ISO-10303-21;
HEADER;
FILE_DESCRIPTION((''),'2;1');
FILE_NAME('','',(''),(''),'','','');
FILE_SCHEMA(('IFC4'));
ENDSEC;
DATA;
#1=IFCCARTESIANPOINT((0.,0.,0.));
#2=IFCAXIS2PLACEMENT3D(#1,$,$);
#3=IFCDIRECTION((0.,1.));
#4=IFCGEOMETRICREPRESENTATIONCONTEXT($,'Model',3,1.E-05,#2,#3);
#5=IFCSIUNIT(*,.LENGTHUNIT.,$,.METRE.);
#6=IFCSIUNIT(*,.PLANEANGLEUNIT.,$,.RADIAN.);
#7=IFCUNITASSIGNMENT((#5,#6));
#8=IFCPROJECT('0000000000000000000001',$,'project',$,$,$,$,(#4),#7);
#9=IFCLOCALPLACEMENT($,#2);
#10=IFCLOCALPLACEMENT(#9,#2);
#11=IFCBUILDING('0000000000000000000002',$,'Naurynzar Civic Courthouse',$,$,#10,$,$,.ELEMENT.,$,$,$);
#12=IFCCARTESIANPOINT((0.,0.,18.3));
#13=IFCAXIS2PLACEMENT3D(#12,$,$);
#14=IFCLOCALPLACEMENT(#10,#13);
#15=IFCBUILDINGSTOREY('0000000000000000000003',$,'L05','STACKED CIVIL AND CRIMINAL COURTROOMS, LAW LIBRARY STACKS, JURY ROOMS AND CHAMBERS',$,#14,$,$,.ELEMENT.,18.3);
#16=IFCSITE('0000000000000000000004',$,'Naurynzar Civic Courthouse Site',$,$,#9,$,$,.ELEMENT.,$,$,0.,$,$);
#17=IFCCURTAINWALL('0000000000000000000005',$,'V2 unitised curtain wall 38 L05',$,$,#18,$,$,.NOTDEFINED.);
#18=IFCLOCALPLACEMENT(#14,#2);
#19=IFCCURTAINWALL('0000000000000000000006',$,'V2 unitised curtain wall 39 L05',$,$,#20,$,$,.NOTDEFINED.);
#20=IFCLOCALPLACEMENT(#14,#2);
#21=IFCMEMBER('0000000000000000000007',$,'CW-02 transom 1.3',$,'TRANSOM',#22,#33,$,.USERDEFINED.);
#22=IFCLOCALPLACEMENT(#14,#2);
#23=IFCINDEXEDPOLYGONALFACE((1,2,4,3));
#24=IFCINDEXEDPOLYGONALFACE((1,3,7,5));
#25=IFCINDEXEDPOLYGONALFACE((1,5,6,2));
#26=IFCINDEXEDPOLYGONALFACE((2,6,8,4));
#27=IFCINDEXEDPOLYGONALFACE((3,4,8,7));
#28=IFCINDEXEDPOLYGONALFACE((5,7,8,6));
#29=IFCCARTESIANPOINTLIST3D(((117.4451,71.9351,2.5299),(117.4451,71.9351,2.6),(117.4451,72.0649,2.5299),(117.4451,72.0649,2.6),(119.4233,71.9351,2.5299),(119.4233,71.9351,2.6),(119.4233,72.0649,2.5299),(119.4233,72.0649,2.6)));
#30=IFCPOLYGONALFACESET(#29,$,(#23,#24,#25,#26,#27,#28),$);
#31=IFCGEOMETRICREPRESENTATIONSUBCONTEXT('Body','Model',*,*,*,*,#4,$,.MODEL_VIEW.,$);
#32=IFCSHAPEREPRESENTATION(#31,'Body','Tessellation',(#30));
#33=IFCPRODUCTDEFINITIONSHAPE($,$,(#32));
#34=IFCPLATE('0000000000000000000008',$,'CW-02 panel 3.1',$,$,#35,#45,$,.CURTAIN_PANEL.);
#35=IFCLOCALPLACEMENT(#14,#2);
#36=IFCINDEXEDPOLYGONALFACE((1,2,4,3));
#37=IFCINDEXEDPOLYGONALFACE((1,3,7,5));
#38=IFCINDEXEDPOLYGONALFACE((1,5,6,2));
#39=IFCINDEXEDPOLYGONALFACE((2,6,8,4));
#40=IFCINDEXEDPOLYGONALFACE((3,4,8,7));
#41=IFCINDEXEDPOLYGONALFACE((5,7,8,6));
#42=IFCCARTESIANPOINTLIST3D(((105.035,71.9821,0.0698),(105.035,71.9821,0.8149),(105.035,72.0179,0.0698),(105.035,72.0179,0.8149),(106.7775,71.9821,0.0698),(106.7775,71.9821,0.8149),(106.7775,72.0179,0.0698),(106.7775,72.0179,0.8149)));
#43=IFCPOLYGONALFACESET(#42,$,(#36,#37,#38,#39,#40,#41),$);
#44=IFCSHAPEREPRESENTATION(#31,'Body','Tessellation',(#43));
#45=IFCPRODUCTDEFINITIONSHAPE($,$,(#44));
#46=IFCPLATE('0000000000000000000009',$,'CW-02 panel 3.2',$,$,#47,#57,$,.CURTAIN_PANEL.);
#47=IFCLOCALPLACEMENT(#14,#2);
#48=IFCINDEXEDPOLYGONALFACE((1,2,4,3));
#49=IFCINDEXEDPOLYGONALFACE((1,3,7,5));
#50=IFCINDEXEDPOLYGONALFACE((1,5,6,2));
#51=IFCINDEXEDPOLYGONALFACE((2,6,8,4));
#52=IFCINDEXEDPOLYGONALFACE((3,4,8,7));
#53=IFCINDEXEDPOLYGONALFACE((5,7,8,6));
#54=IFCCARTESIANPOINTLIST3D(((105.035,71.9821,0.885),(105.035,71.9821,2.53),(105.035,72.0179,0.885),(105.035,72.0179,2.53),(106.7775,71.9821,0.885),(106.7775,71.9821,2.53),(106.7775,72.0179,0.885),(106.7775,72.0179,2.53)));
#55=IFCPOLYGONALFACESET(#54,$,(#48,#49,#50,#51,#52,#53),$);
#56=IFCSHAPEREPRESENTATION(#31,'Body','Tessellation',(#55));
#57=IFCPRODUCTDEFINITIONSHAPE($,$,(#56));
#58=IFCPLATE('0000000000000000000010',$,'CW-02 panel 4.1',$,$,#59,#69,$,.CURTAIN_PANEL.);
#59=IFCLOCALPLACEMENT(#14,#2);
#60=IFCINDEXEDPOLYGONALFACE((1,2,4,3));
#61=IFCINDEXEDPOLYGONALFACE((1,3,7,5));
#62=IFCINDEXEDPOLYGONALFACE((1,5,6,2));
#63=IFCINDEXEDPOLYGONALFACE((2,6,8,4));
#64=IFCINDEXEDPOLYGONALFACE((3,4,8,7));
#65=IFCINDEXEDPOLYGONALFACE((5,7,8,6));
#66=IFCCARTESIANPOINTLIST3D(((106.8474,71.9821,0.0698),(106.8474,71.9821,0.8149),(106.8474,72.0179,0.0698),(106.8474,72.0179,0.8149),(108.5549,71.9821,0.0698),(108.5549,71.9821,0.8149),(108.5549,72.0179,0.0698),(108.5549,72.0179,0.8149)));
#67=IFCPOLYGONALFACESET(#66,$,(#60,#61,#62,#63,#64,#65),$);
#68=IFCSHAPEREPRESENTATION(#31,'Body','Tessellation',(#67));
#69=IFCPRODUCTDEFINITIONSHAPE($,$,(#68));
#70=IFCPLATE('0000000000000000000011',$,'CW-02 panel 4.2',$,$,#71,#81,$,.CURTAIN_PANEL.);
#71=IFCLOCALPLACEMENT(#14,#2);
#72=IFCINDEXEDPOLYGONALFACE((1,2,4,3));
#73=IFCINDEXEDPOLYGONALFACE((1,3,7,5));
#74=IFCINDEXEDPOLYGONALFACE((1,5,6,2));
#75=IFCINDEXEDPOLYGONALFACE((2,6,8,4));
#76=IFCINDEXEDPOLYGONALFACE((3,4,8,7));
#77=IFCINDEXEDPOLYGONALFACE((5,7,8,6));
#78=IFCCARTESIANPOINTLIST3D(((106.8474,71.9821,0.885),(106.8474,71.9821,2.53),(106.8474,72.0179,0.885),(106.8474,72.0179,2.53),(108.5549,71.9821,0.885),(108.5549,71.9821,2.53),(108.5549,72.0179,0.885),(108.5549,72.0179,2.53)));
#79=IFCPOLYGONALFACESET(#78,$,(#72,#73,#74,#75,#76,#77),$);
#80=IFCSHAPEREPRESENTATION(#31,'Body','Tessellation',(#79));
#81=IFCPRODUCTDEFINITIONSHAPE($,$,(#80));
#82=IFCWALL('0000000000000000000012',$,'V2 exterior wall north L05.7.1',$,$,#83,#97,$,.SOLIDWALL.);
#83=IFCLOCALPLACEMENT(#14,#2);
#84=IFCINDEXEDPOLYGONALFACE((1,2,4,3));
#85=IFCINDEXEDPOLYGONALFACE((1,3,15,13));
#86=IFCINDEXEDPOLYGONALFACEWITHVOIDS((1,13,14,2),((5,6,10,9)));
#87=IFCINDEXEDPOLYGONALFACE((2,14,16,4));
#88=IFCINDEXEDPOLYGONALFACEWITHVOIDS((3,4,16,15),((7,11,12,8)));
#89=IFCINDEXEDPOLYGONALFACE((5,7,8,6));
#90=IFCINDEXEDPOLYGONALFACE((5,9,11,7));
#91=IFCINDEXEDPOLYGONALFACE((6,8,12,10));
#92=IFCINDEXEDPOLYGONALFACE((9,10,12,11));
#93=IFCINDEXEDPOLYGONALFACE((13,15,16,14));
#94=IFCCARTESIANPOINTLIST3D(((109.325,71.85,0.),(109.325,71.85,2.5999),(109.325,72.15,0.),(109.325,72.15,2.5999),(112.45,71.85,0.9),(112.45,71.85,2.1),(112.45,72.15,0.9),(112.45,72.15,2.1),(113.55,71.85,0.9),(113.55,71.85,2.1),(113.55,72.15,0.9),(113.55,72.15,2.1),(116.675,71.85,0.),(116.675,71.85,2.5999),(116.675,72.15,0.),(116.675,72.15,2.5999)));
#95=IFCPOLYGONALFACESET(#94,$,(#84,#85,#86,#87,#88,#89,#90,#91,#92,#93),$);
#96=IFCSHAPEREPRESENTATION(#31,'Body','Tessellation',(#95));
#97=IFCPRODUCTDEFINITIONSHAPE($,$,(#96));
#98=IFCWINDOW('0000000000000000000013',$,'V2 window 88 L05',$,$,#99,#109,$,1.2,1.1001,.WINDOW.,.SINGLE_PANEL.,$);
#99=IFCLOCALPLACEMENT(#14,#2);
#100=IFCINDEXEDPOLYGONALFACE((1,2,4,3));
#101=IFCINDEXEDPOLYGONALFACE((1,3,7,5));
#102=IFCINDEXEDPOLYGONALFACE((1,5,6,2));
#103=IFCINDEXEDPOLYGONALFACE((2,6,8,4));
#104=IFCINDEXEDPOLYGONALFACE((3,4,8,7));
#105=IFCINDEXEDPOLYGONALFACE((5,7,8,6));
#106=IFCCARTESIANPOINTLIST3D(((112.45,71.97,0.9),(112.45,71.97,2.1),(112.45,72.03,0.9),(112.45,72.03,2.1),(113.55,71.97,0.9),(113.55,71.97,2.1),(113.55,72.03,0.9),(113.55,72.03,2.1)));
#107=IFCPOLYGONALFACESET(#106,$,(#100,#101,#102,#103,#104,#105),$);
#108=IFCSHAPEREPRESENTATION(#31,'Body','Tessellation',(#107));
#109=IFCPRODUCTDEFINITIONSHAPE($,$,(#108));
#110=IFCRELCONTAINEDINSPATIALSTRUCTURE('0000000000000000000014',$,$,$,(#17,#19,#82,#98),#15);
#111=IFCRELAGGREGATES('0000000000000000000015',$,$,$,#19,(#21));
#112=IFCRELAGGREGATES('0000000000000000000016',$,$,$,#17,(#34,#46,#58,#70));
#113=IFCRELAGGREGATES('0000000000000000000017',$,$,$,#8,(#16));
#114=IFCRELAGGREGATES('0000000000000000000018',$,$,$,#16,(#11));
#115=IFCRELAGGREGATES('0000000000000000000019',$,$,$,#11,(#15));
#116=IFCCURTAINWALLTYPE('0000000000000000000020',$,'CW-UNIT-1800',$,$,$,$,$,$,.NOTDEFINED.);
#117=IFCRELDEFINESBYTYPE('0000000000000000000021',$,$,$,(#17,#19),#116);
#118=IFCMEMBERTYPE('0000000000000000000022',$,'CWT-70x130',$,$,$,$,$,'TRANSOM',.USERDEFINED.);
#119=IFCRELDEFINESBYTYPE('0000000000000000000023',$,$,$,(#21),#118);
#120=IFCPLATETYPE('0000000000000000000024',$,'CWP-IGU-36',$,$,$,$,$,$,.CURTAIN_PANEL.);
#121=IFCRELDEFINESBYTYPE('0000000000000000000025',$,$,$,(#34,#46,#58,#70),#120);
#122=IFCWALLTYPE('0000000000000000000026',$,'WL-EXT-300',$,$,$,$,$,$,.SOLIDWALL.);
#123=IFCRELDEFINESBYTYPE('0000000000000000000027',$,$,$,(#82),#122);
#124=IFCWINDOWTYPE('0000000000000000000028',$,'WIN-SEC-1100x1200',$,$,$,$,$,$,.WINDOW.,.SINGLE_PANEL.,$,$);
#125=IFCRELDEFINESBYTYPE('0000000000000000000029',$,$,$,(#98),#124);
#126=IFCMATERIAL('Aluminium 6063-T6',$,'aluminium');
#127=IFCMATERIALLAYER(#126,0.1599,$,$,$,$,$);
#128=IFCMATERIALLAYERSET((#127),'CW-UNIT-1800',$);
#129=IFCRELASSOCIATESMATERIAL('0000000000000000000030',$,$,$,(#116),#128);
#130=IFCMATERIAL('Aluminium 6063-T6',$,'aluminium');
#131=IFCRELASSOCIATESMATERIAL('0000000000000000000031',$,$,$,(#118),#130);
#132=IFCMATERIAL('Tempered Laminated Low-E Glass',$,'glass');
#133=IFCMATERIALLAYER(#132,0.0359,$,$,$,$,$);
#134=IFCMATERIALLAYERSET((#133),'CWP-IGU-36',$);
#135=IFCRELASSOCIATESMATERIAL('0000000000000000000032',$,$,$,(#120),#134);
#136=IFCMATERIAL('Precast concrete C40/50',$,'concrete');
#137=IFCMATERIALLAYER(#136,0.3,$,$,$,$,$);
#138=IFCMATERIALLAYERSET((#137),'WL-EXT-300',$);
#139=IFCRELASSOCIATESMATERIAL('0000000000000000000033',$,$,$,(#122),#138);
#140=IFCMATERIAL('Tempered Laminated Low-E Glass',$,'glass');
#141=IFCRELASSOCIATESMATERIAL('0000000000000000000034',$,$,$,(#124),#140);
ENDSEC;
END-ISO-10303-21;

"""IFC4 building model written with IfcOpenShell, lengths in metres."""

from ifc_helpers import new_model, si_unit, direction, frame, frame_2d, origin, origin_2d, place, context, subcontext, project, spatial, rectangle, extrude, material, layer, layer_set, material_profile, profile_set, type_object, element, fill, aggregate, save


model = new_model("IFC4")

# Units and contexts
model_context = context("Model", 3, precision=1e-05, world=origin(), true_north=direction((0.0, 1.0)))
body_context = subcontext(model_context, "Body", "Model", "MODEL_VIEW")
ifc_project = project(units=[si_unit("LENGTHUNIT", "METRE"), si_unit("PLANEANGLEUNIT", "RADIAN")], contexts=[model_context])

# Site, building, storey
site_placement = place(None, origin())
site = spatial("IfcSite", under=ifc_project, at=site_placement, Name="Naurynzar Civic Courthouse Site", CompositionType="ELEMENT", RefElevation=0.0)
building_placement = place(site_placement, origin())
building = spatial("IfcBuilding", under=site, at=building_placement, Name="Naurynzar Civic Courthouse", CompositionType="ELEMENT")
storey_placement = place(building_placement, frame((0.0, 0.0, 18.3)))
storey = spatial("IfcBuildingStorey", under=building, at=storey_placement, Name="L05", Description="STACKED CIVIL AND CRIMINAL COURTROOMS, LAW LIBRARY STACKS, JURY ROOMS AND CHAMBERS", CompositionType="ELEMENT", Elevation=18.3)

# Curtain wall
ifc_material_1 = material(Name="Aluminium 6063-T6", Category="aluminium")
ifc_layer_1 = layer(ifc_material_1, 0.1599)
ifc_layer_set_1 = layer_set([ifc_layer_1], Name="CW-UNIT-1800")
curtain_wall_type = type_object("IfcCurtainWallType", Name="CW-UNIT-1800", PredefinedType="NOTDEFINED", material=ifc_layer_set_1)
curtain_wall_1_placement = place(storey_placement, origin())
curtain_wall_1 = element("IfcCurtainWall", 1, at=curtain_wall_1_placement, inside=storey, type_object=curtain_wall_type, Name="V2 unitised curtain wall 38 L05", PredefinedType="NOTDEFINED")

# Curtain wall
curtain_wall_2_placement = place(storey_placement, origin())
curtain_wall_2 = element("IfcCurtainWall", 2, at=curtain_wall_2_placement, inside=storey, type_object=curtain_wall_type, Name="V2 unitised curtain wall 39 L05", PredefinedType="NOTDEFINED")

# Member
ifc_material_2 = material(Name="Aluminium 6063-T6", Category="aluminium")
ifc_material_profile_1 = material_profile(ifc_material_2, rectangle(XDim=0.1299, YDim=0.0701, at=origin_2d()), Name="ALU TRANSOM 70x130")
ifc_profile_set_1 = profile_set([ifc_material_profile_1], Name="Aluminium 6063-T6")
member_type_1 = type_object("IfcMemberType", Name="CWT-70x130", ElementType="TRANSOM", PredefinedType="USERDEFINED", material=ifc_profile_set_1)
member_1_placement = place(storey_placement, frame((117.4451, 72.0, 2.5649), z_axis=(1.0, 0.0, 0.0), x_axis=(0.0, 1.0, 0.0)))
member_1 = element("IfcMember", 3, at=member_1_placement, type_object=member_type_1, Name="CW-02 transom 1.3", ObjectType="TRANSOM", PredefinedType="USERDEFINED", context=body_context, shape_type="SweptSolid", body=[
    extrude(rectangle(XDim=0.1299, YDim=0.0701, at=origin_2d()), origin(), (0.0, 0.0, 1.0), 1.9783),
])
aggregate(curtain_wall_2, [member_1])

# Plates
ifc_material_3 = material(Name="Tempered Laminated Low-E Glass", Category="glass")
ifc_layer_2 = layer(ifc_material_3, 0.0359)
ifc_layer_set_2 = layer_set([ifc_layer_2], Name="CWP-IGU-36")
plate_type = type_object("IfcPlateType", Name="CWP-IGU-36", PredefinedType="CURTAIN_PANEL", material=ifc_layer_set_2)
plate_1_placement = place(storey_placement, frame((105.9062, 72.0, 0.0698), z_axis=(0.0, 0.0, 1.0), x_axis=(1.0, 0.0, 0.0)))
plate_1 = element("IfcPlate", 4, at=plate_1_placement, type_object=plate_type, Name="CW-02 panel 3.1", PredefinedType="CURTAIN_PANEL", context=body_context, shape_type="SweptSolid", body=[
    extrude(rectangle(XDim=1.7424, YDim=0.0359, at=origin_2d()), origin(), (0.0, 0.0, 1.0), 0.7451),
])
plate_2_placement = place(storey_placement, frame((105.9062, 72.0, 0.885), z_axis=(0.0, 0.0, 1.0), x_axis=(1.0, 0.0, 0.0)))
plate_2 = element("IfcPlate", 5, at=plate_2_placement, type_object=plate_type, Name="CW-02 panel 3.2", PredefinedType="CURTAIN_PANEL", context=body_context, shape_type="SweptSolid", body=[
    extrude(rectangle(XDim=1.7424, YDim=0.0359, at=origin_2d()), origin(), (0.0, 0.0, 1.0), 1.645),
])
plate_3_placement = place(storey_placement, frame((107.7012, 72.0, 0.0698), z_axis=(0.0, 0.0, 1.0), x_axis=(1.0, 0.0, 0.0)))
plate_3 = element("IfcPlate", 6, at=plate_3_placement, type_object=plate_type, Name="CW-02 panel 4.1", PredefinedType="CURTAIN_PANEL", context=body_context, shape_type="SweptSolid", body=[
    extrude(rectangle(XDim=1.7075, YDim=0.0359, at=origin_2d()), origin(), (0.0, 0.0, 1.0), 0.7451),
])
plate_4_placement = place(storey_placement, frame((107.7012, 72.0, 0.885), z_axis=(0.0, 0.0, 1.0), x_axis=(1.0, 0.0, 0.0)))
plate_4 = element("IfcPlate", 7, at=plate_4_placement, type_object=plate_type, Name="CW-02 panel 4.2", PredefinedType="CURTAIN_PANEL", context=body_context, shape_type="SweptSolid", body=[
    extrude(rectangle(XDim=1.7075, YDim=0.0359, at=origin_2d()), origin(), (0.0, 0.0, 1.0), 1.645),
])
aggregate(curtain_wall_1, [plate_1, plate_2, plate_3, plate_4])

# Wall, opening, window
ifc_material_4 = material(Name="Precast concrete C40/50", Category="concrete")
ifc_layer_3 = layer(ifc_material_4, 0.3)
ifc_layer_set_3 = layer_set([ifc_layer_3], Name="WL-EXT-300")
wall_type = type_object("IfcWallType", Name="WL-EXT-300", PredefinedType="SOLIDWALL", material=ifc_layer_set_3)
wall_placement = place(storey_placement, frame((109.325, 72.0, 0.0), z_axis=(0.0, 0.0, 1.0), x_axis=(1.0, 0.0, 0.0)))
wall = element("IfcWall", 8, at=wall_placement, inside=storey, type_object=wall_type, Name="V2 exterior wall north L05.7.1", PredefinedType="SOLIDWALL", context=body_context, shape_type="SweptSolid", body=[
    extrude(rectangle(XDim=7.3501, YDim=0.3, at=frame_2d((3.675, 0.0))), origin(), (0.0, 0.0, 1.0), 2.5999),
])
opening_placement = place(wall_placement, frame((3.125, 0.0, 0.8999)))
opening = element("IfcOpeningElement", 9, at=opening_placement, cuts=wall, PredefinedType="OPENING", context=body_context, shape_type="SweptSolid", body=[
    extrude(rectangle(XDim=1.1001, YDim=1.2, at=frame_2d((0.55, 0.6001))), frame((0.0, 0.1599, 0.0), z_axis=(0.0, -1.0, 0.0), x_axis=(1.0, 0.0, 0.0)), (0.0, 0.0, 1.0), 0.3201),
])
ifc_material_5 = material(Name="Tempered Laminated Low-E Glass", Category="glass")
window_type = type_object("IfcWindowType", Name="WIN-SEC-1100x1200", PartitioningType="SINGLE_PANEL", PredefinedType="WINDOW", material=ifc_material_5)
window_placement = place(opening_placement, origin())
window = element("IfcWindow", 10, at=window_placement, inside=storey, type_object=window_type, Name="V2 window 88 L05", OverallHeight=1.2, OverallWidth=1.1001, PartitioningType="SINGLE_PANEL", PredefinedType="WINDOW", context=body_context, shape_type="SweptSolid", body=[
    extrude(rectangle(XDim=1.1001, YDim=1.2, at=frame_2d((0.55, 0.6001))), frame((0.0, 0.03, 0.0), z_axis=(0.0, -1.0, 0.0), x_axis=(1.0, 0.0, 0.0)), (0.0, 0.0, 1.0), 0.0601),
])
fill(opening, window)

save(model, "model.ifc")
